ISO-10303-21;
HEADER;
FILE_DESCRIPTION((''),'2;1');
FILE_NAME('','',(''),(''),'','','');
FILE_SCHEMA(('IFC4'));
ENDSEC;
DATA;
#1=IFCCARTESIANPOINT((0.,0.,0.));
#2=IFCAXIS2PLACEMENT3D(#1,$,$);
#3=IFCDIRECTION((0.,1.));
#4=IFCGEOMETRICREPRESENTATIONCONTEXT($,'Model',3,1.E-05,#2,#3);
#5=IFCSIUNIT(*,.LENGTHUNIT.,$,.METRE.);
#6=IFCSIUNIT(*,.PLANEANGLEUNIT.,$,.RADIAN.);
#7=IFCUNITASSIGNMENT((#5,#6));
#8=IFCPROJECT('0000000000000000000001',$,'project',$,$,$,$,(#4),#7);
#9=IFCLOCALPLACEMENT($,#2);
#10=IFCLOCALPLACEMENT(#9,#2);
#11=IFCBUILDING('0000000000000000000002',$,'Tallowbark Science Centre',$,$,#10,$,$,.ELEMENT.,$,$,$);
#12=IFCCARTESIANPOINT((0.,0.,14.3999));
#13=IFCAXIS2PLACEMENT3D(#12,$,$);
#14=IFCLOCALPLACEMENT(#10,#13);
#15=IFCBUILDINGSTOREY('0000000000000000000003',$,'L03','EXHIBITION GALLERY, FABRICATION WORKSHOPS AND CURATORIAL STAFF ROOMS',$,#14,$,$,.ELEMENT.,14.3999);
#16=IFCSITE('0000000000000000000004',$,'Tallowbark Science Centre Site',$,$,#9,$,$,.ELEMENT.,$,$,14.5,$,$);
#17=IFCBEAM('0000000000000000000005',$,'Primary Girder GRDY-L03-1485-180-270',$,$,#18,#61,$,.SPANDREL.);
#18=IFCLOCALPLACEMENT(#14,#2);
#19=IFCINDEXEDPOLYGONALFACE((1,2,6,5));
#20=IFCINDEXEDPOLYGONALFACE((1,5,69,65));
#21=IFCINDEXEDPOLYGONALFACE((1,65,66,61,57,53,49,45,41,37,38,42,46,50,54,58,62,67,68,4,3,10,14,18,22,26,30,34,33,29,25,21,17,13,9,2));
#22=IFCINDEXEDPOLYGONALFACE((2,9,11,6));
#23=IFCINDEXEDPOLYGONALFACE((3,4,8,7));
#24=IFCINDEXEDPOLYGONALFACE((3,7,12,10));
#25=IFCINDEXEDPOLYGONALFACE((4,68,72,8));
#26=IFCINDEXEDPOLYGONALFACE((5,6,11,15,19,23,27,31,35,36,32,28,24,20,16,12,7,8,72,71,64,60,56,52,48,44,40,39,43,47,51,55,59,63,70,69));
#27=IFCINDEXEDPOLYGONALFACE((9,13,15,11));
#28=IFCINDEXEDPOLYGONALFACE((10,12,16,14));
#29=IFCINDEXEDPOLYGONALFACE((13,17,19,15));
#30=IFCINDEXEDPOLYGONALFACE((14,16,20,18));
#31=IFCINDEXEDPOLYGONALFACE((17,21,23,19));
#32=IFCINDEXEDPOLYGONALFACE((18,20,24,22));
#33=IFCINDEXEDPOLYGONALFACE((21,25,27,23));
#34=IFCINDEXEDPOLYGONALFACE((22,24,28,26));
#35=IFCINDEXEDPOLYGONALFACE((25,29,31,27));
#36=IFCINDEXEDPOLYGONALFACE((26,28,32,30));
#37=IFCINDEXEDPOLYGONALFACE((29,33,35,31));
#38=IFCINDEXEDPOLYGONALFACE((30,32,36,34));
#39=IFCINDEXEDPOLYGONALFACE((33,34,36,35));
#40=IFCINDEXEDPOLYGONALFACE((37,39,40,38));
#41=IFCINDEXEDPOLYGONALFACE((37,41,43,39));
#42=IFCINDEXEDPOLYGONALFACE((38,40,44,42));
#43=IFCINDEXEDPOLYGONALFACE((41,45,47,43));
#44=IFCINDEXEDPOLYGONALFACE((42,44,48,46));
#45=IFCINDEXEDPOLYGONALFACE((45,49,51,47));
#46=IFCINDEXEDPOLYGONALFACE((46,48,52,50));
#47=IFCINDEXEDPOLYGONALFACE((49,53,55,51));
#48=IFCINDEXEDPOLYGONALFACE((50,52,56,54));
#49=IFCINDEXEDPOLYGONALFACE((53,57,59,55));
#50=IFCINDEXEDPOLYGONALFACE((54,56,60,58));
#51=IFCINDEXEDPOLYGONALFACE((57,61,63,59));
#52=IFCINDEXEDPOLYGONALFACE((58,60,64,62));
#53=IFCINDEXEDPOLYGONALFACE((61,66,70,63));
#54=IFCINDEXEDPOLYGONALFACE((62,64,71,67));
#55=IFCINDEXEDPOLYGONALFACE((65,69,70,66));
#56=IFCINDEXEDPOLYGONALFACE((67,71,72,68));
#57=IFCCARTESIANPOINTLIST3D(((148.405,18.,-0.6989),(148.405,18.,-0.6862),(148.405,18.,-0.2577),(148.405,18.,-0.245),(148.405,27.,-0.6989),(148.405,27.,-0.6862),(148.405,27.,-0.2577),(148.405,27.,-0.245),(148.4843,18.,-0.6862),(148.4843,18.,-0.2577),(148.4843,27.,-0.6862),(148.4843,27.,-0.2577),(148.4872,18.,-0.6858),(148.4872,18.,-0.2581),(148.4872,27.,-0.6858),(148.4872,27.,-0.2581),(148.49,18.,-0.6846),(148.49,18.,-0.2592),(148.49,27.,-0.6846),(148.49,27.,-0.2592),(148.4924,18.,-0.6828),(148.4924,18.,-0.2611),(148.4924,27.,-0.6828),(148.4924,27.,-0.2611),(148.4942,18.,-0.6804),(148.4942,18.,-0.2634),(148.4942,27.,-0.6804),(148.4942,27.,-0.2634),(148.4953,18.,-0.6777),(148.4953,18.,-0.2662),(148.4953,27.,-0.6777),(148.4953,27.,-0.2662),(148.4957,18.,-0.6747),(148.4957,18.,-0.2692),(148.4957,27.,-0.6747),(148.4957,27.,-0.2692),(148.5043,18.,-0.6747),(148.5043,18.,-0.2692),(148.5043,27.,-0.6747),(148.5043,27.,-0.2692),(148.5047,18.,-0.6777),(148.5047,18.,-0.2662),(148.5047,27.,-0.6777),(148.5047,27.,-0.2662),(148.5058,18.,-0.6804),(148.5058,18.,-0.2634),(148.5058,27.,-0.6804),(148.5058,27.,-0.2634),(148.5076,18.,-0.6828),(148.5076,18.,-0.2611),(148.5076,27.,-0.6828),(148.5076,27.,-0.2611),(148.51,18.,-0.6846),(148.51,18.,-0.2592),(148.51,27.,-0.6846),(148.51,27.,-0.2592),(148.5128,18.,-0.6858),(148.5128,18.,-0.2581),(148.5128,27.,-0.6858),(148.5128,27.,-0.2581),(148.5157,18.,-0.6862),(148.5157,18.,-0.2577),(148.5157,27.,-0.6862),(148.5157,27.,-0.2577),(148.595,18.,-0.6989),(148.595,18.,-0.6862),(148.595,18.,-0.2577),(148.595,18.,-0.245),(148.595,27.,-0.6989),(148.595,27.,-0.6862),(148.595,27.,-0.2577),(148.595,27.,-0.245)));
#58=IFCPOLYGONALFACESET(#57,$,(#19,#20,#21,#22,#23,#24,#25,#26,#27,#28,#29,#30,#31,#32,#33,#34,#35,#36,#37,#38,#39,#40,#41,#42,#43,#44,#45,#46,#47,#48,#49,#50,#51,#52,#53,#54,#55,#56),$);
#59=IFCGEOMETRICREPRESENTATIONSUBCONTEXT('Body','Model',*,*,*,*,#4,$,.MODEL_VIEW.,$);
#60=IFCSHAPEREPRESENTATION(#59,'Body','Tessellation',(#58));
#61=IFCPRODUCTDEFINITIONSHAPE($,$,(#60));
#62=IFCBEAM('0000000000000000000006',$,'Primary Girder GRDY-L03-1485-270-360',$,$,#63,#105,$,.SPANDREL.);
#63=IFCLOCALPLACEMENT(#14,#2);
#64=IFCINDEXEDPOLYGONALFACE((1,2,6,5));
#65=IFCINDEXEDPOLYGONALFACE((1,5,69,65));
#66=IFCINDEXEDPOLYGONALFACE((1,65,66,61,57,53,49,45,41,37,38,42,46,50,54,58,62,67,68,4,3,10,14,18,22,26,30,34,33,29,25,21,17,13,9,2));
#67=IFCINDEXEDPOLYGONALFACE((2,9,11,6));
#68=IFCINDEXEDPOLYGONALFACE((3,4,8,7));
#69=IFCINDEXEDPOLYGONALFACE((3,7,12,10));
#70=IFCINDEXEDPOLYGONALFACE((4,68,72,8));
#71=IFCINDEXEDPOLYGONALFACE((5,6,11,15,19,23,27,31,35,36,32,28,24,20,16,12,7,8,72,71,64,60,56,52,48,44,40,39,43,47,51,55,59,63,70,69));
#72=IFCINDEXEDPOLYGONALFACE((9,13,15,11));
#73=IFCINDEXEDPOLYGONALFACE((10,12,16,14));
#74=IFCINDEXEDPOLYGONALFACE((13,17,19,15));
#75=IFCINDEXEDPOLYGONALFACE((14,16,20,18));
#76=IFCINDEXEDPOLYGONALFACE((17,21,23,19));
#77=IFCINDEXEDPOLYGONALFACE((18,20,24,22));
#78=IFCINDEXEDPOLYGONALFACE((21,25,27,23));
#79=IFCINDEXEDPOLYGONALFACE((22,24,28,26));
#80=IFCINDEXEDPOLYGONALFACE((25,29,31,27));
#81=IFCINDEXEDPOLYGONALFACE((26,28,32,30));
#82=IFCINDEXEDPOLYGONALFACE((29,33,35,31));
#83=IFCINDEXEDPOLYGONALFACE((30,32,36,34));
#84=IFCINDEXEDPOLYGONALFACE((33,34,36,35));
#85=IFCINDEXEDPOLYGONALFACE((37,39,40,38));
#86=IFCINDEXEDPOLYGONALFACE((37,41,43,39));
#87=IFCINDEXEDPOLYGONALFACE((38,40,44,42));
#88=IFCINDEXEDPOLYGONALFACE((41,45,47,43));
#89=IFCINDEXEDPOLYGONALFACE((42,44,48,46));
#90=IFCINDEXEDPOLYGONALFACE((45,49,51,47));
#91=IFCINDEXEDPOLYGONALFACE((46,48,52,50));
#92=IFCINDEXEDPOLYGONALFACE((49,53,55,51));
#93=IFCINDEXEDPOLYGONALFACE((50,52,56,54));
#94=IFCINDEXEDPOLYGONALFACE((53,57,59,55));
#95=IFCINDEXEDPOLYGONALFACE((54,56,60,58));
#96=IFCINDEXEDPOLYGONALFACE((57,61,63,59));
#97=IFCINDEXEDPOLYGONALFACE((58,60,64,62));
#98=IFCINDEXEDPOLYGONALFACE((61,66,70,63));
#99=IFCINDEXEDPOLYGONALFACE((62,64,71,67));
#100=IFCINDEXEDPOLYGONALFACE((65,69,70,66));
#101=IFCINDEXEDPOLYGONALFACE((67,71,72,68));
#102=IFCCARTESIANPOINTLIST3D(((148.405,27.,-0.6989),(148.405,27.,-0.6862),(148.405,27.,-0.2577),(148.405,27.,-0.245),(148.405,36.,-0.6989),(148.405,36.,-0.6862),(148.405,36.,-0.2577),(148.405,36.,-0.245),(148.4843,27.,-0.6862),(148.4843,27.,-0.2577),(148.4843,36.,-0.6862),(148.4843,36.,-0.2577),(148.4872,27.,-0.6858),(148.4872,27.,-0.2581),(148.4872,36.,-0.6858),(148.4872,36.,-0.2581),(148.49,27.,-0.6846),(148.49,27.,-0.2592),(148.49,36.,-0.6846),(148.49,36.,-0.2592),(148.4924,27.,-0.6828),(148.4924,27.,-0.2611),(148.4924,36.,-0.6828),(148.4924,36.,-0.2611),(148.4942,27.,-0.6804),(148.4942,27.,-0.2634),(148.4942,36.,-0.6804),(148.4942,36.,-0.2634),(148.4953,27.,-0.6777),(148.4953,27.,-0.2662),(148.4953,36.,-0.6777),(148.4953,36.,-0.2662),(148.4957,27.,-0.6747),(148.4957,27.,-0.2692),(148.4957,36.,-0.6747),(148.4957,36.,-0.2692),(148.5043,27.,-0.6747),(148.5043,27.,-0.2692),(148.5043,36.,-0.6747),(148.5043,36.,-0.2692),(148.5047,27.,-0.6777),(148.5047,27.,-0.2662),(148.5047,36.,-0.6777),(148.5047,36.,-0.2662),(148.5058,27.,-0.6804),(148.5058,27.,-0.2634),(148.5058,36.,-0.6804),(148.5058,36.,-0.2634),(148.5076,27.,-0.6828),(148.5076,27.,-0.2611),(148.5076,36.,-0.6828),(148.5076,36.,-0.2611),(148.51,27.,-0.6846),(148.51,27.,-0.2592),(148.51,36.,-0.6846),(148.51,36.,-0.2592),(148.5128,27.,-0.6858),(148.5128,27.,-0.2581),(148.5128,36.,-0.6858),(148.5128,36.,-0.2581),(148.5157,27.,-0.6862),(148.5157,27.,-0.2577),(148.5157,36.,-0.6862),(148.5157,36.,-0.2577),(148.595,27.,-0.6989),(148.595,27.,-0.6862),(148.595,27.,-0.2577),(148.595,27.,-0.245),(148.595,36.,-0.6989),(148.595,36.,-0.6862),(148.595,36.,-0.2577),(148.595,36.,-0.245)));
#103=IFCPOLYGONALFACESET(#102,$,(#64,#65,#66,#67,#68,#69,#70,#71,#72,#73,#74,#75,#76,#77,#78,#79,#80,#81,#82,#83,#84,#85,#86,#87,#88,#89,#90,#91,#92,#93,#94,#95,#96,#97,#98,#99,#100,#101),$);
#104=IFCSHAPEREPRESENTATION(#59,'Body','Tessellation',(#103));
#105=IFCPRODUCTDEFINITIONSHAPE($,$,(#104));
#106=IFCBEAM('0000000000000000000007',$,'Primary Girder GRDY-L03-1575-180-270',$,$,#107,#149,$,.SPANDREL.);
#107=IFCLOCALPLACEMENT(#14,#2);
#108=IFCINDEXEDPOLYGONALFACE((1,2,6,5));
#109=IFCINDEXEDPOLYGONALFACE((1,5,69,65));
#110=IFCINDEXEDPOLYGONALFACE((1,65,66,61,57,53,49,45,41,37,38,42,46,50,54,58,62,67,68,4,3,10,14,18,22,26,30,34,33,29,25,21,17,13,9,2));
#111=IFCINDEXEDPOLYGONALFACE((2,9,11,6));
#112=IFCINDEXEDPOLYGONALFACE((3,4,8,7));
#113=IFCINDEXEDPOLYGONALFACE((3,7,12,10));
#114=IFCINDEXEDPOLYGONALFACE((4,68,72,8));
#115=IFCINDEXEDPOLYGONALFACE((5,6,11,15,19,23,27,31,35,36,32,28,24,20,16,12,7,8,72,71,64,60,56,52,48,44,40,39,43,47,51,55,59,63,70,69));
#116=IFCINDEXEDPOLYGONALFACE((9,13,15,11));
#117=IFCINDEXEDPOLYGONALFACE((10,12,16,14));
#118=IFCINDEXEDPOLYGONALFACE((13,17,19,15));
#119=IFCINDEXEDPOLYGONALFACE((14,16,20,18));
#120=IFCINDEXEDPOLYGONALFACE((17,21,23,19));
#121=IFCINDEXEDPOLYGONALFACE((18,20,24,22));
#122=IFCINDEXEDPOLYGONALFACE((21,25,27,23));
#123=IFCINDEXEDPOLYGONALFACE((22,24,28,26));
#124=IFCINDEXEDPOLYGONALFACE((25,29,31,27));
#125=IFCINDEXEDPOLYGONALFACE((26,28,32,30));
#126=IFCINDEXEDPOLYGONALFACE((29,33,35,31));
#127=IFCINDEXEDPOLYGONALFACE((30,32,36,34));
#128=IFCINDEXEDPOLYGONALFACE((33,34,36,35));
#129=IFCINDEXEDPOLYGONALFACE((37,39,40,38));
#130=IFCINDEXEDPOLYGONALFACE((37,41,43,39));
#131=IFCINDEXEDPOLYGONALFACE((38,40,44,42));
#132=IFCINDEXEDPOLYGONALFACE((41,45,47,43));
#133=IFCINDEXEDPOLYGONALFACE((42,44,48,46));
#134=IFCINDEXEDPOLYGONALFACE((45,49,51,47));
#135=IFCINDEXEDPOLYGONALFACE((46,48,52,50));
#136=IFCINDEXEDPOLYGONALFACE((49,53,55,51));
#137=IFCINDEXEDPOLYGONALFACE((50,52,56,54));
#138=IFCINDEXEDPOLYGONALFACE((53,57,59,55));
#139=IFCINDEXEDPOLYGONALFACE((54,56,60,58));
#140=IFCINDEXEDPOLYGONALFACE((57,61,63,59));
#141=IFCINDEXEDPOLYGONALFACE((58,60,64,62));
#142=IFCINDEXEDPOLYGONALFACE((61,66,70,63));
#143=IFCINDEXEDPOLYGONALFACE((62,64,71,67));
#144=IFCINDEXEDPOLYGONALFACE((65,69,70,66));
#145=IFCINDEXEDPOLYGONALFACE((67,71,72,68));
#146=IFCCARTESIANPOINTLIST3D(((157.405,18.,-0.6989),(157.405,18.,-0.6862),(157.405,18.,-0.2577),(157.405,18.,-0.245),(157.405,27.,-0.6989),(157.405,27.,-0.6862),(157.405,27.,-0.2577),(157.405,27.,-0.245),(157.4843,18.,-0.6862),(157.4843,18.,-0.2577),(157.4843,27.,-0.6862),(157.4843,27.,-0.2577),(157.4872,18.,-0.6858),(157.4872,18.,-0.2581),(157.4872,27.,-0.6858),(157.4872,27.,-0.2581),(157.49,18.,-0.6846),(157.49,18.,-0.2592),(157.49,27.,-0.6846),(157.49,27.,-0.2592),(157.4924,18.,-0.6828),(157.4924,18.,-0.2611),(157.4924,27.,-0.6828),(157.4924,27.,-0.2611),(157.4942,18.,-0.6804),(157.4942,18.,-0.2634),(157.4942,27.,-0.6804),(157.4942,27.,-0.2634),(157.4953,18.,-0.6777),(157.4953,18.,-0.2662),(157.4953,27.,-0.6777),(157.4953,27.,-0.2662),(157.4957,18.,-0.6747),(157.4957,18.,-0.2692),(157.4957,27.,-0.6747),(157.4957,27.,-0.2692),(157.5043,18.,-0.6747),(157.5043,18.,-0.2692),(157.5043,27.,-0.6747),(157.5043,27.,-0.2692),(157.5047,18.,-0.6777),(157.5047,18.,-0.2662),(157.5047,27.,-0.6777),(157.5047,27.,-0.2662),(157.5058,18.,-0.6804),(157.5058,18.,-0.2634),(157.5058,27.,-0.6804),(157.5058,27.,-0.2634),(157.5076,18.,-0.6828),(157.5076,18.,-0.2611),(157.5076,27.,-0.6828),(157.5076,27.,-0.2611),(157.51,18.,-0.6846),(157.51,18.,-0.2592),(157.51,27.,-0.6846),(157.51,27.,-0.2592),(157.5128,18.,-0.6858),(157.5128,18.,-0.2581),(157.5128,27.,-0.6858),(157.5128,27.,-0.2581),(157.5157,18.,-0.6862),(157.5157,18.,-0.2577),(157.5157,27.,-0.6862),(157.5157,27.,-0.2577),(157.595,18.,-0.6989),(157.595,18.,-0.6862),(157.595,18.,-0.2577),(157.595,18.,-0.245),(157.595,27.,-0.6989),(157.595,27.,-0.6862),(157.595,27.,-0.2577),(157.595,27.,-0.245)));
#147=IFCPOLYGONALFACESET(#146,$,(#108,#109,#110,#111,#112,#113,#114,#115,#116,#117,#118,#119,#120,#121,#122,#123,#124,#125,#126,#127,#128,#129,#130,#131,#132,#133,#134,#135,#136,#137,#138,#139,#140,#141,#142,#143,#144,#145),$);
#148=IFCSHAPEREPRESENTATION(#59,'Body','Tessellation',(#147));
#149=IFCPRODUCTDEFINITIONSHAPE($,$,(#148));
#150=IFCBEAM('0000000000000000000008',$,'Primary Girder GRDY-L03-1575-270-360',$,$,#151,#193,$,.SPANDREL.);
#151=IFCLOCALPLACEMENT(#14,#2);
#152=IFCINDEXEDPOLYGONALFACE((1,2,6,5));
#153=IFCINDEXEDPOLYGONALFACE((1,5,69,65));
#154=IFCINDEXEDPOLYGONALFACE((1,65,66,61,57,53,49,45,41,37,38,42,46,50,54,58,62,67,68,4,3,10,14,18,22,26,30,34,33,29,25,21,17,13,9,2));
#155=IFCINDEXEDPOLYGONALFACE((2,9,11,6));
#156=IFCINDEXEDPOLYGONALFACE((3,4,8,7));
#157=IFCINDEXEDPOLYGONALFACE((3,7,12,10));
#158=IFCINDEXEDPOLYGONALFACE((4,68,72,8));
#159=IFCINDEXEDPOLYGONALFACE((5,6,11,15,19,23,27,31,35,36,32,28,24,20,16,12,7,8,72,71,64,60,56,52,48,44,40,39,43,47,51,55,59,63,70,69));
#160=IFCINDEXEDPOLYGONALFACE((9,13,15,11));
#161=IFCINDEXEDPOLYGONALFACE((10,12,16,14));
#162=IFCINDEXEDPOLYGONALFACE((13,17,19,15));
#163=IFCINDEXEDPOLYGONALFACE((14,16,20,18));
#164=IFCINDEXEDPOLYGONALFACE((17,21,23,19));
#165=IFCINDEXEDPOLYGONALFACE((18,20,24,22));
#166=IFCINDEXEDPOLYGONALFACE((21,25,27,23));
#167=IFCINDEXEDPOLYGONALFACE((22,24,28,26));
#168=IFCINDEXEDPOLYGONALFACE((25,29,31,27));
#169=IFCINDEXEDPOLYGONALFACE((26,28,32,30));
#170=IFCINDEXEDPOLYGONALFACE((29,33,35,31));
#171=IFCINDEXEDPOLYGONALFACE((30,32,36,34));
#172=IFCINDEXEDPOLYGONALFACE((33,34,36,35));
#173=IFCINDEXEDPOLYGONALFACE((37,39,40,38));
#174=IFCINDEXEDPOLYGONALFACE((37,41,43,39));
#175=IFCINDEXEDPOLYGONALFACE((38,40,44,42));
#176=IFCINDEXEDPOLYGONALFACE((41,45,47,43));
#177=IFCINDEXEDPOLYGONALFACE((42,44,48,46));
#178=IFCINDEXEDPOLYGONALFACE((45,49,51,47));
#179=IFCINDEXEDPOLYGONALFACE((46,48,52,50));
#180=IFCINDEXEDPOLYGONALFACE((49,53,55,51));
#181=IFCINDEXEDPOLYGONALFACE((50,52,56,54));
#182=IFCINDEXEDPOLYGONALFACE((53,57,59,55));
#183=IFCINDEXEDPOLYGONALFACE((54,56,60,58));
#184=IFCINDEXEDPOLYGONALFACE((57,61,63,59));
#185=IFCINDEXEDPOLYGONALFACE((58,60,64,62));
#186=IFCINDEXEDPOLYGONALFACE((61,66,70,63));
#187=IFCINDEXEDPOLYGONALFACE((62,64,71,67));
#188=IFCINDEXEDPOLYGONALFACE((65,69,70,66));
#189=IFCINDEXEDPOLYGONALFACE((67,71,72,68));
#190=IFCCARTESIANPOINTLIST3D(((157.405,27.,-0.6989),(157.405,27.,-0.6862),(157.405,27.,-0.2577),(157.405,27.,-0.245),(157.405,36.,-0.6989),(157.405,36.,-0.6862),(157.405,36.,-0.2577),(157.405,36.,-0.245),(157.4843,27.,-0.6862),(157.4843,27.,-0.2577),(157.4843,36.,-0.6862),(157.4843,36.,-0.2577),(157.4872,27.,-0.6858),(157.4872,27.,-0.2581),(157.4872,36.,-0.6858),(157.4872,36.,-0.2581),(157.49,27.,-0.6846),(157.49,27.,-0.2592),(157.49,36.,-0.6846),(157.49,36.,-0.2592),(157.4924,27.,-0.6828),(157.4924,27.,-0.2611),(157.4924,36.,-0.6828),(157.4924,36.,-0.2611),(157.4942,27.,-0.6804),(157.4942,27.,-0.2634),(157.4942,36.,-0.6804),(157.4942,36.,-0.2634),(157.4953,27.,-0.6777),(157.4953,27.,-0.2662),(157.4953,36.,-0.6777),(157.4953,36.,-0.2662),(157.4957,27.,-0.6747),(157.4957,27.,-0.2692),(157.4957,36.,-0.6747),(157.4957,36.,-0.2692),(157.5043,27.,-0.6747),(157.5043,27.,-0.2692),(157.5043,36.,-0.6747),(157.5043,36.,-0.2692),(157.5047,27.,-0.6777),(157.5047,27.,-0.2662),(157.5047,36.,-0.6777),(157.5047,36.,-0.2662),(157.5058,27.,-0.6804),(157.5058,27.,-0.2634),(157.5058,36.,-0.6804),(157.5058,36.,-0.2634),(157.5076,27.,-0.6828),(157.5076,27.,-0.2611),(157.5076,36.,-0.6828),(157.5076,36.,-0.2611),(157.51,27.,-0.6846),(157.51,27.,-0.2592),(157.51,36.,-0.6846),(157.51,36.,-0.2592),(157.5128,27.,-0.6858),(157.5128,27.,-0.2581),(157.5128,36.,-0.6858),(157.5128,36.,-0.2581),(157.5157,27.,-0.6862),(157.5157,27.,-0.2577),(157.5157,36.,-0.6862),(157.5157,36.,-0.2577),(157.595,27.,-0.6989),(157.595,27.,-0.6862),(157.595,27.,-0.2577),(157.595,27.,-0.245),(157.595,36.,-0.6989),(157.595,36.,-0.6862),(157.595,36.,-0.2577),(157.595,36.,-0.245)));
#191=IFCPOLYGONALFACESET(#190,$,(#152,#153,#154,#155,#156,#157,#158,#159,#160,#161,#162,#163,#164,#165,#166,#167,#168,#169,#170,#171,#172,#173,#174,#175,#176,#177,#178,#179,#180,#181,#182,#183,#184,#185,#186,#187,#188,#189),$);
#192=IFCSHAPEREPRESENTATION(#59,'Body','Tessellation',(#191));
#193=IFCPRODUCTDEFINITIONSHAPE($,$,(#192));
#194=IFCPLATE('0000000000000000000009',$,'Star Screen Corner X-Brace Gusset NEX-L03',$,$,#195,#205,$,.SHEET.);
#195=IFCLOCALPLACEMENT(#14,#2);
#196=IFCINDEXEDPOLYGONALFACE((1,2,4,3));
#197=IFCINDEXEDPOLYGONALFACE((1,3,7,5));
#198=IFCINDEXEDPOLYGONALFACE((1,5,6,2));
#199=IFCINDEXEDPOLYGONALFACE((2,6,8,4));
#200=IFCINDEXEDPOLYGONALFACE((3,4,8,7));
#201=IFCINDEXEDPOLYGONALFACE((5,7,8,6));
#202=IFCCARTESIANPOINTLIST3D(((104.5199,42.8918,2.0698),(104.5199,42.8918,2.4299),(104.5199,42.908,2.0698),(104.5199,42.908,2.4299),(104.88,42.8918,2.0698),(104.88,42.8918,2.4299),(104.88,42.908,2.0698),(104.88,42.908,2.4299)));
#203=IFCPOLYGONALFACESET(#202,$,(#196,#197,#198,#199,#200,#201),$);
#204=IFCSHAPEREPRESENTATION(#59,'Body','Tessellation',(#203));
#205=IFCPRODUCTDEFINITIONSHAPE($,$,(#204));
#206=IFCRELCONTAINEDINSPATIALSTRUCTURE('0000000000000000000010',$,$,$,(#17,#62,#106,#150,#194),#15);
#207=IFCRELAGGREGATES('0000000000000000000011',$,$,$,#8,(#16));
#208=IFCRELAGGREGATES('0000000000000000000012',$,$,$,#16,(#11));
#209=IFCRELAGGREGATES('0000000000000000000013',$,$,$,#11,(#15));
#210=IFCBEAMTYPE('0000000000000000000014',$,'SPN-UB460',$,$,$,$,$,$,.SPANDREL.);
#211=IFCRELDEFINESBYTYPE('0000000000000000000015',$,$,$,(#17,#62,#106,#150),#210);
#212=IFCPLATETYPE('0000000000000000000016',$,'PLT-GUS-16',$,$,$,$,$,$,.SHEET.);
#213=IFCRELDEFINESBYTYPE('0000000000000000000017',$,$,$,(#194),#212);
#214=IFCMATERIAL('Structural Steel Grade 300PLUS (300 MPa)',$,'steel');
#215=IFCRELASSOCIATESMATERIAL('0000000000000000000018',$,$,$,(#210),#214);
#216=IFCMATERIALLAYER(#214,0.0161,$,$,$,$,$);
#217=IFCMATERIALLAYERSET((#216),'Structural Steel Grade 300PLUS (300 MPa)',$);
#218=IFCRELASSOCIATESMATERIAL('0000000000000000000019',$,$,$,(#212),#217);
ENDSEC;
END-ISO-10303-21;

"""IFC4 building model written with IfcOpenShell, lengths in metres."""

from ifc_helpers import new_model, si_unit, direction, frame, origin, origin_2d, place, context, subcontext, project, spatial, rectangle, i_section, extrude, material, layer, layer_set, material_profile, profile_set, type_object, element, save


model = new_model("IFC4")

# Units and contexts
model_context = context("Model", 3, precision=1e-05, world=origin(), true_north=direction((0.0, 1.0)))
body_context = subcontext(model_context, "Body", "Model", "MODEL_VIEW")
ifc_project = project(units=[si_unit("LENGTHUNIT", "METRE"), si_unit("PLANEANGLEUNIT", "RADIAN")], contexts=[model_context])

# Site, building, storey
site_placement = place(None, origin())
site = spatial("IfcSite", under=ifc_project, at=site_placement, Name="Tallowbark Science Centre Site", CompositionType="ELEMENT", RefElevation=14.5)
building_placement = place(site_placement, origin())
building = spatial("IfcBuilding", under=site, at=building_placement, Name="Tallowbark Science Centre", CompositionType="ELEMENT")
storey_placement = place(building_placement, frame((0.0, 0.0, 14.3999)))
storey = spatial("IfcBuildingStorey", under=building, at=storey_placement, Name="L03", Description="EXHIBITION GALLERY, FABRICATION WORKSHOPS AND CURATORIAL STAFF ROOMS", CompositionType="ELEMENT", Elevation=14.3999)

# Shared definitions
ifc_material_1 = material(Name="Structural Steel Grade 300PLUS (300 MPa)", Category="steel")

# Beams
ifc_material_profile_1 = material_profile(ifc_material_1, i_section(OverallWidth=0.1899, OverallDepth=0.4539, WebThickness=0.0085, FlangeThickness=0.0127, FilletRadius=0.0115, at=origin_2d()), Name="460UB67.1")
ifc_profile_set_1 = profile_set([ifc_material_profile_1], Name="Structural Steel Grade 300PLUS (300 MPa)")
beam_type_1 = type_object("IfcBeamType", Name="SPN-UB460", PredefinedType="SPANDREL", material=ifc_profile_set_1)
for number, where, z_axis, x_axis, name in (
    (1, (148.5, 18.0, -0.4719), (0.0, 1.0, 0.0), (-1.0, 0.0, 0.0), "Primary Girder GRDY-L03-1485-180-270"),
    (2, (148.5, 27.0, -0.4719), (0.0, 1.0, 0.0), (-1.0, 0.0, 0.0), "Primary Girder GRDY-L03-1485-270-360"),
    (3, (157.5, 18.0, -0.4719), (0.0, 1.0, 0.0), (-1.0, 0.0, 0.0), "Primary Girder GRDY-L03-1575-180-270"),
    (4, (157.5, 27.0, -0.4719), (0.0, 1.0, 0.0), (-1.0, 0.0, 0.0), "Primary Girder GRDY-L03-1575-270-360"),
):
    element("IfcBeam", number, at=place(storey_placement, frame(where, z_axis=z_axis, x_axis=x_axis)), inside=storey, type_object=beam_type_1, Name=name, PredefinedType="SPANDREL", context=body_context, shape_type="SweptSolid", body=[
        extrude(i_section(OverallWidth=0.1899, OverallDepth=0.4539, WebThickness=0.0085, FlangeThickness=0.0127, FilletRadius=0.0115, at=origin_2d()), origin(), (0.0, 0.0, 1.0), 9.0),
    ])

# Plate
ifc_layer = layer(ifc_material_1, 0.0161)
ifc_layer_set = layer_set([ifc_layer], Name="Structural Steel Grade 300PLUS (300 MPa)")
plate_type = type_object("IfcPlateType", Name="PLT-GUS-16", PredefinedType="SHEET", material=ifc_layer_set)
for number, where, z_axis, x_axis, name in (
    (5, (104.7, 42.8999, 2.0698), (0.0, 0.0, 1.0), (1.0, 0.0, 0.0), "Star Screen Corner X-Brace Gusset NEX-L03"),
):
    element("IfcPlate", number, at=place(storey_placement, frame(where, z_axis=z_axis, x_axis=x_axis)), inside=storey, type_object=plate_type, Name=name, PredefinedType="SHEET", context=body_context, shape_type="SweptSolid", body=[
        extrude(rectangle(XDim=0.3601, YDim=0.0161, at=origin_2d()), origin(), (0.0, 0.0, 1.0), 0.3601),
    ])

save(model, "model.ifc")
